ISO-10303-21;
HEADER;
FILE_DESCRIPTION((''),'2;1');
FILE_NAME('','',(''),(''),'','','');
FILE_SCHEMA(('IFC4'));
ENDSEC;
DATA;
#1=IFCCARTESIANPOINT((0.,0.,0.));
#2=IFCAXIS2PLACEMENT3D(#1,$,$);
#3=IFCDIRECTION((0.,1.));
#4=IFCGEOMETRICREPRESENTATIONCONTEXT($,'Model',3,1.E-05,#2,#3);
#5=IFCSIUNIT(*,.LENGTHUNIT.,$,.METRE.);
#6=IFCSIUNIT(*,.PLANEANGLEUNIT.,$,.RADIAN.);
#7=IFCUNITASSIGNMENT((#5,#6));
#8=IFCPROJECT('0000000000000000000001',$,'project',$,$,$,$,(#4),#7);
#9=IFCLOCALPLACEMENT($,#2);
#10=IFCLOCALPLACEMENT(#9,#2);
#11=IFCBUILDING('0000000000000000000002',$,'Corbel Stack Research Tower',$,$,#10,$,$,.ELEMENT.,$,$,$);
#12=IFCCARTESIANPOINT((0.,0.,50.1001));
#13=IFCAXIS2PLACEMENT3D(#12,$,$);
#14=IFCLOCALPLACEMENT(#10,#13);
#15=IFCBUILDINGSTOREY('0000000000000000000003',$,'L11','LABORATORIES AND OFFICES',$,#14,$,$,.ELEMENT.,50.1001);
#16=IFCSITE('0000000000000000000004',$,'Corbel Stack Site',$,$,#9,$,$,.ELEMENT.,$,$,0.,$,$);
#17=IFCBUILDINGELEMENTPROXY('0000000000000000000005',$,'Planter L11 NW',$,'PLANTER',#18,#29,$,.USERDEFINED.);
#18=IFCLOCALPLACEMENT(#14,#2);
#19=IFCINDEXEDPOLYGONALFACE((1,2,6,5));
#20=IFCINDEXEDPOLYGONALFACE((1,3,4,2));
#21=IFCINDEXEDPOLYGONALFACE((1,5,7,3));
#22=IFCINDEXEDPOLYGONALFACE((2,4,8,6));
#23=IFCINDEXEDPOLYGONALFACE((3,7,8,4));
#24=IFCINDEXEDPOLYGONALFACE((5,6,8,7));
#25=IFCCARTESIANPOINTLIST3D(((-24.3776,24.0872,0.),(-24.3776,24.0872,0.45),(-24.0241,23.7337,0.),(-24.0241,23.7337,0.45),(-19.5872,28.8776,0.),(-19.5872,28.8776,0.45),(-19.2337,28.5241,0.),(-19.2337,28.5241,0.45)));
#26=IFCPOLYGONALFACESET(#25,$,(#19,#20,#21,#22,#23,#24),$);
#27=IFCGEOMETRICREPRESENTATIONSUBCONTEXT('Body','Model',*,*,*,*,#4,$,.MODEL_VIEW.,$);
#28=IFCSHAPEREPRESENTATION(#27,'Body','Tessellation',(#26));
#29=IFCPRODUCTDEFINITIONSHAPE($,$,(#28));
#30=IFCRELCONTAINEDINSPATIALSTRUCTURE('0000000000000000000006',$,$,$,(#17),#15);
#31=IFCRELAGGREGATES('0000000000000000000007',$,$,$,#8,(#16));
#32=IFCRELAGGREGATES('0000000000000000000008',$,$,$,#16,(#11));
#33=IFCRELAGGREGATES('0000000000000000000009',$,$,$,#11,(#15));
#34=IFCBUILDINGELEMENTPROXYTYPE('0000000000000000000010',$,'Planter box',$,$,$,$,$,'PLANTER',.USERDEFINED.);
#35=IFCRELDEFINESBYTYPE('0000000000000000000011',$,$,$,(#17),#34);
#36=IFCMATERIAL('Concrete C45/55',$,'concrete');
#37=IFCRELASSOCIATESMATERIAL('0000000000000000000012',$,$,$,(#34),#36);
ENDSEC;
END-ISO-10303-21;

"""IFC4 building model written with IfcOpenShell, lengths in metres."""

from ifc_helpers import new_model, si_unit, direction, frame, origin, origin_2d, place, context, subcontext, project, spatial, rectangle, extrude, material, type_object, element, save


model = new_model("IFC4")

# Units and contexts
model_context = context("Model", 3, precision=1e-05, world=origin(), true_north=direction((0.0, 1.0)))
body_context = subcontext(model_context, "Body", "Model", "MODEL_VIEW")
ifc_project = project(units=[si_unit("LENGTHUNIT", "METRE"), si_unit("PLANEANGLEUNIT", "RADIAN")], contexts=[model_context])

# Site, building, storey
site_placement = place(None, origin())
site = spatial("IfcSite", under=ifc_project, at=site_placement, Name="Corbel Stack Site", CompositionType="ELEMENT", RefElevation=0.0)
building_placement = place(site_placement, origin())
building = spatial("IfcBuilding", under=site, at=building_placement, Name="Corbel Stack Research Tower", CompositionType="ELEMENT")
storey_placement = place(building_placement, frame((0.0, 0.0, 50.1001)))
storey = spatial("IfcBuildingStorey", under=building, at=storey_placement, Name="L11", Description="LABORATORIES AND OFFICES", CompositionType="ELEMENT", Elevation=50.1001)

# Building element proxy
ifc_material_1 = material(Name="Concrete C45/55", Category="concrete")
building_element_proxy_type = type_object("IfcBuildingElementProxyType", Name="Planter box", ElementType="PLANTER", PredefinedType="USERDEFINED", material=ifc_material_1)
proxy_placement = place(storey_placement, frame((-21.8057, 26.3057, 0.0), z_axis=(0.0, 0.0, 1.0), x_axis=(-0.707107, -0.707107, 0.0)))
element("IfcBuildingElementProxy", 1, at=proxy_placement, inside=storey, type_object=building_element_proxy_type, Name="Planter L11 NW", ObjectType="PLANTER", PredefinedType="USERDEFINED", context=body_context, shape_type="SweptSolid", body=[
    extrude(rectangle(XDim=6.7747, YDim=0.5, at=origin_2d()), origin(), (0.0, 0.0, 1.0), 0.45),
])

save(model, "model.ifc")
